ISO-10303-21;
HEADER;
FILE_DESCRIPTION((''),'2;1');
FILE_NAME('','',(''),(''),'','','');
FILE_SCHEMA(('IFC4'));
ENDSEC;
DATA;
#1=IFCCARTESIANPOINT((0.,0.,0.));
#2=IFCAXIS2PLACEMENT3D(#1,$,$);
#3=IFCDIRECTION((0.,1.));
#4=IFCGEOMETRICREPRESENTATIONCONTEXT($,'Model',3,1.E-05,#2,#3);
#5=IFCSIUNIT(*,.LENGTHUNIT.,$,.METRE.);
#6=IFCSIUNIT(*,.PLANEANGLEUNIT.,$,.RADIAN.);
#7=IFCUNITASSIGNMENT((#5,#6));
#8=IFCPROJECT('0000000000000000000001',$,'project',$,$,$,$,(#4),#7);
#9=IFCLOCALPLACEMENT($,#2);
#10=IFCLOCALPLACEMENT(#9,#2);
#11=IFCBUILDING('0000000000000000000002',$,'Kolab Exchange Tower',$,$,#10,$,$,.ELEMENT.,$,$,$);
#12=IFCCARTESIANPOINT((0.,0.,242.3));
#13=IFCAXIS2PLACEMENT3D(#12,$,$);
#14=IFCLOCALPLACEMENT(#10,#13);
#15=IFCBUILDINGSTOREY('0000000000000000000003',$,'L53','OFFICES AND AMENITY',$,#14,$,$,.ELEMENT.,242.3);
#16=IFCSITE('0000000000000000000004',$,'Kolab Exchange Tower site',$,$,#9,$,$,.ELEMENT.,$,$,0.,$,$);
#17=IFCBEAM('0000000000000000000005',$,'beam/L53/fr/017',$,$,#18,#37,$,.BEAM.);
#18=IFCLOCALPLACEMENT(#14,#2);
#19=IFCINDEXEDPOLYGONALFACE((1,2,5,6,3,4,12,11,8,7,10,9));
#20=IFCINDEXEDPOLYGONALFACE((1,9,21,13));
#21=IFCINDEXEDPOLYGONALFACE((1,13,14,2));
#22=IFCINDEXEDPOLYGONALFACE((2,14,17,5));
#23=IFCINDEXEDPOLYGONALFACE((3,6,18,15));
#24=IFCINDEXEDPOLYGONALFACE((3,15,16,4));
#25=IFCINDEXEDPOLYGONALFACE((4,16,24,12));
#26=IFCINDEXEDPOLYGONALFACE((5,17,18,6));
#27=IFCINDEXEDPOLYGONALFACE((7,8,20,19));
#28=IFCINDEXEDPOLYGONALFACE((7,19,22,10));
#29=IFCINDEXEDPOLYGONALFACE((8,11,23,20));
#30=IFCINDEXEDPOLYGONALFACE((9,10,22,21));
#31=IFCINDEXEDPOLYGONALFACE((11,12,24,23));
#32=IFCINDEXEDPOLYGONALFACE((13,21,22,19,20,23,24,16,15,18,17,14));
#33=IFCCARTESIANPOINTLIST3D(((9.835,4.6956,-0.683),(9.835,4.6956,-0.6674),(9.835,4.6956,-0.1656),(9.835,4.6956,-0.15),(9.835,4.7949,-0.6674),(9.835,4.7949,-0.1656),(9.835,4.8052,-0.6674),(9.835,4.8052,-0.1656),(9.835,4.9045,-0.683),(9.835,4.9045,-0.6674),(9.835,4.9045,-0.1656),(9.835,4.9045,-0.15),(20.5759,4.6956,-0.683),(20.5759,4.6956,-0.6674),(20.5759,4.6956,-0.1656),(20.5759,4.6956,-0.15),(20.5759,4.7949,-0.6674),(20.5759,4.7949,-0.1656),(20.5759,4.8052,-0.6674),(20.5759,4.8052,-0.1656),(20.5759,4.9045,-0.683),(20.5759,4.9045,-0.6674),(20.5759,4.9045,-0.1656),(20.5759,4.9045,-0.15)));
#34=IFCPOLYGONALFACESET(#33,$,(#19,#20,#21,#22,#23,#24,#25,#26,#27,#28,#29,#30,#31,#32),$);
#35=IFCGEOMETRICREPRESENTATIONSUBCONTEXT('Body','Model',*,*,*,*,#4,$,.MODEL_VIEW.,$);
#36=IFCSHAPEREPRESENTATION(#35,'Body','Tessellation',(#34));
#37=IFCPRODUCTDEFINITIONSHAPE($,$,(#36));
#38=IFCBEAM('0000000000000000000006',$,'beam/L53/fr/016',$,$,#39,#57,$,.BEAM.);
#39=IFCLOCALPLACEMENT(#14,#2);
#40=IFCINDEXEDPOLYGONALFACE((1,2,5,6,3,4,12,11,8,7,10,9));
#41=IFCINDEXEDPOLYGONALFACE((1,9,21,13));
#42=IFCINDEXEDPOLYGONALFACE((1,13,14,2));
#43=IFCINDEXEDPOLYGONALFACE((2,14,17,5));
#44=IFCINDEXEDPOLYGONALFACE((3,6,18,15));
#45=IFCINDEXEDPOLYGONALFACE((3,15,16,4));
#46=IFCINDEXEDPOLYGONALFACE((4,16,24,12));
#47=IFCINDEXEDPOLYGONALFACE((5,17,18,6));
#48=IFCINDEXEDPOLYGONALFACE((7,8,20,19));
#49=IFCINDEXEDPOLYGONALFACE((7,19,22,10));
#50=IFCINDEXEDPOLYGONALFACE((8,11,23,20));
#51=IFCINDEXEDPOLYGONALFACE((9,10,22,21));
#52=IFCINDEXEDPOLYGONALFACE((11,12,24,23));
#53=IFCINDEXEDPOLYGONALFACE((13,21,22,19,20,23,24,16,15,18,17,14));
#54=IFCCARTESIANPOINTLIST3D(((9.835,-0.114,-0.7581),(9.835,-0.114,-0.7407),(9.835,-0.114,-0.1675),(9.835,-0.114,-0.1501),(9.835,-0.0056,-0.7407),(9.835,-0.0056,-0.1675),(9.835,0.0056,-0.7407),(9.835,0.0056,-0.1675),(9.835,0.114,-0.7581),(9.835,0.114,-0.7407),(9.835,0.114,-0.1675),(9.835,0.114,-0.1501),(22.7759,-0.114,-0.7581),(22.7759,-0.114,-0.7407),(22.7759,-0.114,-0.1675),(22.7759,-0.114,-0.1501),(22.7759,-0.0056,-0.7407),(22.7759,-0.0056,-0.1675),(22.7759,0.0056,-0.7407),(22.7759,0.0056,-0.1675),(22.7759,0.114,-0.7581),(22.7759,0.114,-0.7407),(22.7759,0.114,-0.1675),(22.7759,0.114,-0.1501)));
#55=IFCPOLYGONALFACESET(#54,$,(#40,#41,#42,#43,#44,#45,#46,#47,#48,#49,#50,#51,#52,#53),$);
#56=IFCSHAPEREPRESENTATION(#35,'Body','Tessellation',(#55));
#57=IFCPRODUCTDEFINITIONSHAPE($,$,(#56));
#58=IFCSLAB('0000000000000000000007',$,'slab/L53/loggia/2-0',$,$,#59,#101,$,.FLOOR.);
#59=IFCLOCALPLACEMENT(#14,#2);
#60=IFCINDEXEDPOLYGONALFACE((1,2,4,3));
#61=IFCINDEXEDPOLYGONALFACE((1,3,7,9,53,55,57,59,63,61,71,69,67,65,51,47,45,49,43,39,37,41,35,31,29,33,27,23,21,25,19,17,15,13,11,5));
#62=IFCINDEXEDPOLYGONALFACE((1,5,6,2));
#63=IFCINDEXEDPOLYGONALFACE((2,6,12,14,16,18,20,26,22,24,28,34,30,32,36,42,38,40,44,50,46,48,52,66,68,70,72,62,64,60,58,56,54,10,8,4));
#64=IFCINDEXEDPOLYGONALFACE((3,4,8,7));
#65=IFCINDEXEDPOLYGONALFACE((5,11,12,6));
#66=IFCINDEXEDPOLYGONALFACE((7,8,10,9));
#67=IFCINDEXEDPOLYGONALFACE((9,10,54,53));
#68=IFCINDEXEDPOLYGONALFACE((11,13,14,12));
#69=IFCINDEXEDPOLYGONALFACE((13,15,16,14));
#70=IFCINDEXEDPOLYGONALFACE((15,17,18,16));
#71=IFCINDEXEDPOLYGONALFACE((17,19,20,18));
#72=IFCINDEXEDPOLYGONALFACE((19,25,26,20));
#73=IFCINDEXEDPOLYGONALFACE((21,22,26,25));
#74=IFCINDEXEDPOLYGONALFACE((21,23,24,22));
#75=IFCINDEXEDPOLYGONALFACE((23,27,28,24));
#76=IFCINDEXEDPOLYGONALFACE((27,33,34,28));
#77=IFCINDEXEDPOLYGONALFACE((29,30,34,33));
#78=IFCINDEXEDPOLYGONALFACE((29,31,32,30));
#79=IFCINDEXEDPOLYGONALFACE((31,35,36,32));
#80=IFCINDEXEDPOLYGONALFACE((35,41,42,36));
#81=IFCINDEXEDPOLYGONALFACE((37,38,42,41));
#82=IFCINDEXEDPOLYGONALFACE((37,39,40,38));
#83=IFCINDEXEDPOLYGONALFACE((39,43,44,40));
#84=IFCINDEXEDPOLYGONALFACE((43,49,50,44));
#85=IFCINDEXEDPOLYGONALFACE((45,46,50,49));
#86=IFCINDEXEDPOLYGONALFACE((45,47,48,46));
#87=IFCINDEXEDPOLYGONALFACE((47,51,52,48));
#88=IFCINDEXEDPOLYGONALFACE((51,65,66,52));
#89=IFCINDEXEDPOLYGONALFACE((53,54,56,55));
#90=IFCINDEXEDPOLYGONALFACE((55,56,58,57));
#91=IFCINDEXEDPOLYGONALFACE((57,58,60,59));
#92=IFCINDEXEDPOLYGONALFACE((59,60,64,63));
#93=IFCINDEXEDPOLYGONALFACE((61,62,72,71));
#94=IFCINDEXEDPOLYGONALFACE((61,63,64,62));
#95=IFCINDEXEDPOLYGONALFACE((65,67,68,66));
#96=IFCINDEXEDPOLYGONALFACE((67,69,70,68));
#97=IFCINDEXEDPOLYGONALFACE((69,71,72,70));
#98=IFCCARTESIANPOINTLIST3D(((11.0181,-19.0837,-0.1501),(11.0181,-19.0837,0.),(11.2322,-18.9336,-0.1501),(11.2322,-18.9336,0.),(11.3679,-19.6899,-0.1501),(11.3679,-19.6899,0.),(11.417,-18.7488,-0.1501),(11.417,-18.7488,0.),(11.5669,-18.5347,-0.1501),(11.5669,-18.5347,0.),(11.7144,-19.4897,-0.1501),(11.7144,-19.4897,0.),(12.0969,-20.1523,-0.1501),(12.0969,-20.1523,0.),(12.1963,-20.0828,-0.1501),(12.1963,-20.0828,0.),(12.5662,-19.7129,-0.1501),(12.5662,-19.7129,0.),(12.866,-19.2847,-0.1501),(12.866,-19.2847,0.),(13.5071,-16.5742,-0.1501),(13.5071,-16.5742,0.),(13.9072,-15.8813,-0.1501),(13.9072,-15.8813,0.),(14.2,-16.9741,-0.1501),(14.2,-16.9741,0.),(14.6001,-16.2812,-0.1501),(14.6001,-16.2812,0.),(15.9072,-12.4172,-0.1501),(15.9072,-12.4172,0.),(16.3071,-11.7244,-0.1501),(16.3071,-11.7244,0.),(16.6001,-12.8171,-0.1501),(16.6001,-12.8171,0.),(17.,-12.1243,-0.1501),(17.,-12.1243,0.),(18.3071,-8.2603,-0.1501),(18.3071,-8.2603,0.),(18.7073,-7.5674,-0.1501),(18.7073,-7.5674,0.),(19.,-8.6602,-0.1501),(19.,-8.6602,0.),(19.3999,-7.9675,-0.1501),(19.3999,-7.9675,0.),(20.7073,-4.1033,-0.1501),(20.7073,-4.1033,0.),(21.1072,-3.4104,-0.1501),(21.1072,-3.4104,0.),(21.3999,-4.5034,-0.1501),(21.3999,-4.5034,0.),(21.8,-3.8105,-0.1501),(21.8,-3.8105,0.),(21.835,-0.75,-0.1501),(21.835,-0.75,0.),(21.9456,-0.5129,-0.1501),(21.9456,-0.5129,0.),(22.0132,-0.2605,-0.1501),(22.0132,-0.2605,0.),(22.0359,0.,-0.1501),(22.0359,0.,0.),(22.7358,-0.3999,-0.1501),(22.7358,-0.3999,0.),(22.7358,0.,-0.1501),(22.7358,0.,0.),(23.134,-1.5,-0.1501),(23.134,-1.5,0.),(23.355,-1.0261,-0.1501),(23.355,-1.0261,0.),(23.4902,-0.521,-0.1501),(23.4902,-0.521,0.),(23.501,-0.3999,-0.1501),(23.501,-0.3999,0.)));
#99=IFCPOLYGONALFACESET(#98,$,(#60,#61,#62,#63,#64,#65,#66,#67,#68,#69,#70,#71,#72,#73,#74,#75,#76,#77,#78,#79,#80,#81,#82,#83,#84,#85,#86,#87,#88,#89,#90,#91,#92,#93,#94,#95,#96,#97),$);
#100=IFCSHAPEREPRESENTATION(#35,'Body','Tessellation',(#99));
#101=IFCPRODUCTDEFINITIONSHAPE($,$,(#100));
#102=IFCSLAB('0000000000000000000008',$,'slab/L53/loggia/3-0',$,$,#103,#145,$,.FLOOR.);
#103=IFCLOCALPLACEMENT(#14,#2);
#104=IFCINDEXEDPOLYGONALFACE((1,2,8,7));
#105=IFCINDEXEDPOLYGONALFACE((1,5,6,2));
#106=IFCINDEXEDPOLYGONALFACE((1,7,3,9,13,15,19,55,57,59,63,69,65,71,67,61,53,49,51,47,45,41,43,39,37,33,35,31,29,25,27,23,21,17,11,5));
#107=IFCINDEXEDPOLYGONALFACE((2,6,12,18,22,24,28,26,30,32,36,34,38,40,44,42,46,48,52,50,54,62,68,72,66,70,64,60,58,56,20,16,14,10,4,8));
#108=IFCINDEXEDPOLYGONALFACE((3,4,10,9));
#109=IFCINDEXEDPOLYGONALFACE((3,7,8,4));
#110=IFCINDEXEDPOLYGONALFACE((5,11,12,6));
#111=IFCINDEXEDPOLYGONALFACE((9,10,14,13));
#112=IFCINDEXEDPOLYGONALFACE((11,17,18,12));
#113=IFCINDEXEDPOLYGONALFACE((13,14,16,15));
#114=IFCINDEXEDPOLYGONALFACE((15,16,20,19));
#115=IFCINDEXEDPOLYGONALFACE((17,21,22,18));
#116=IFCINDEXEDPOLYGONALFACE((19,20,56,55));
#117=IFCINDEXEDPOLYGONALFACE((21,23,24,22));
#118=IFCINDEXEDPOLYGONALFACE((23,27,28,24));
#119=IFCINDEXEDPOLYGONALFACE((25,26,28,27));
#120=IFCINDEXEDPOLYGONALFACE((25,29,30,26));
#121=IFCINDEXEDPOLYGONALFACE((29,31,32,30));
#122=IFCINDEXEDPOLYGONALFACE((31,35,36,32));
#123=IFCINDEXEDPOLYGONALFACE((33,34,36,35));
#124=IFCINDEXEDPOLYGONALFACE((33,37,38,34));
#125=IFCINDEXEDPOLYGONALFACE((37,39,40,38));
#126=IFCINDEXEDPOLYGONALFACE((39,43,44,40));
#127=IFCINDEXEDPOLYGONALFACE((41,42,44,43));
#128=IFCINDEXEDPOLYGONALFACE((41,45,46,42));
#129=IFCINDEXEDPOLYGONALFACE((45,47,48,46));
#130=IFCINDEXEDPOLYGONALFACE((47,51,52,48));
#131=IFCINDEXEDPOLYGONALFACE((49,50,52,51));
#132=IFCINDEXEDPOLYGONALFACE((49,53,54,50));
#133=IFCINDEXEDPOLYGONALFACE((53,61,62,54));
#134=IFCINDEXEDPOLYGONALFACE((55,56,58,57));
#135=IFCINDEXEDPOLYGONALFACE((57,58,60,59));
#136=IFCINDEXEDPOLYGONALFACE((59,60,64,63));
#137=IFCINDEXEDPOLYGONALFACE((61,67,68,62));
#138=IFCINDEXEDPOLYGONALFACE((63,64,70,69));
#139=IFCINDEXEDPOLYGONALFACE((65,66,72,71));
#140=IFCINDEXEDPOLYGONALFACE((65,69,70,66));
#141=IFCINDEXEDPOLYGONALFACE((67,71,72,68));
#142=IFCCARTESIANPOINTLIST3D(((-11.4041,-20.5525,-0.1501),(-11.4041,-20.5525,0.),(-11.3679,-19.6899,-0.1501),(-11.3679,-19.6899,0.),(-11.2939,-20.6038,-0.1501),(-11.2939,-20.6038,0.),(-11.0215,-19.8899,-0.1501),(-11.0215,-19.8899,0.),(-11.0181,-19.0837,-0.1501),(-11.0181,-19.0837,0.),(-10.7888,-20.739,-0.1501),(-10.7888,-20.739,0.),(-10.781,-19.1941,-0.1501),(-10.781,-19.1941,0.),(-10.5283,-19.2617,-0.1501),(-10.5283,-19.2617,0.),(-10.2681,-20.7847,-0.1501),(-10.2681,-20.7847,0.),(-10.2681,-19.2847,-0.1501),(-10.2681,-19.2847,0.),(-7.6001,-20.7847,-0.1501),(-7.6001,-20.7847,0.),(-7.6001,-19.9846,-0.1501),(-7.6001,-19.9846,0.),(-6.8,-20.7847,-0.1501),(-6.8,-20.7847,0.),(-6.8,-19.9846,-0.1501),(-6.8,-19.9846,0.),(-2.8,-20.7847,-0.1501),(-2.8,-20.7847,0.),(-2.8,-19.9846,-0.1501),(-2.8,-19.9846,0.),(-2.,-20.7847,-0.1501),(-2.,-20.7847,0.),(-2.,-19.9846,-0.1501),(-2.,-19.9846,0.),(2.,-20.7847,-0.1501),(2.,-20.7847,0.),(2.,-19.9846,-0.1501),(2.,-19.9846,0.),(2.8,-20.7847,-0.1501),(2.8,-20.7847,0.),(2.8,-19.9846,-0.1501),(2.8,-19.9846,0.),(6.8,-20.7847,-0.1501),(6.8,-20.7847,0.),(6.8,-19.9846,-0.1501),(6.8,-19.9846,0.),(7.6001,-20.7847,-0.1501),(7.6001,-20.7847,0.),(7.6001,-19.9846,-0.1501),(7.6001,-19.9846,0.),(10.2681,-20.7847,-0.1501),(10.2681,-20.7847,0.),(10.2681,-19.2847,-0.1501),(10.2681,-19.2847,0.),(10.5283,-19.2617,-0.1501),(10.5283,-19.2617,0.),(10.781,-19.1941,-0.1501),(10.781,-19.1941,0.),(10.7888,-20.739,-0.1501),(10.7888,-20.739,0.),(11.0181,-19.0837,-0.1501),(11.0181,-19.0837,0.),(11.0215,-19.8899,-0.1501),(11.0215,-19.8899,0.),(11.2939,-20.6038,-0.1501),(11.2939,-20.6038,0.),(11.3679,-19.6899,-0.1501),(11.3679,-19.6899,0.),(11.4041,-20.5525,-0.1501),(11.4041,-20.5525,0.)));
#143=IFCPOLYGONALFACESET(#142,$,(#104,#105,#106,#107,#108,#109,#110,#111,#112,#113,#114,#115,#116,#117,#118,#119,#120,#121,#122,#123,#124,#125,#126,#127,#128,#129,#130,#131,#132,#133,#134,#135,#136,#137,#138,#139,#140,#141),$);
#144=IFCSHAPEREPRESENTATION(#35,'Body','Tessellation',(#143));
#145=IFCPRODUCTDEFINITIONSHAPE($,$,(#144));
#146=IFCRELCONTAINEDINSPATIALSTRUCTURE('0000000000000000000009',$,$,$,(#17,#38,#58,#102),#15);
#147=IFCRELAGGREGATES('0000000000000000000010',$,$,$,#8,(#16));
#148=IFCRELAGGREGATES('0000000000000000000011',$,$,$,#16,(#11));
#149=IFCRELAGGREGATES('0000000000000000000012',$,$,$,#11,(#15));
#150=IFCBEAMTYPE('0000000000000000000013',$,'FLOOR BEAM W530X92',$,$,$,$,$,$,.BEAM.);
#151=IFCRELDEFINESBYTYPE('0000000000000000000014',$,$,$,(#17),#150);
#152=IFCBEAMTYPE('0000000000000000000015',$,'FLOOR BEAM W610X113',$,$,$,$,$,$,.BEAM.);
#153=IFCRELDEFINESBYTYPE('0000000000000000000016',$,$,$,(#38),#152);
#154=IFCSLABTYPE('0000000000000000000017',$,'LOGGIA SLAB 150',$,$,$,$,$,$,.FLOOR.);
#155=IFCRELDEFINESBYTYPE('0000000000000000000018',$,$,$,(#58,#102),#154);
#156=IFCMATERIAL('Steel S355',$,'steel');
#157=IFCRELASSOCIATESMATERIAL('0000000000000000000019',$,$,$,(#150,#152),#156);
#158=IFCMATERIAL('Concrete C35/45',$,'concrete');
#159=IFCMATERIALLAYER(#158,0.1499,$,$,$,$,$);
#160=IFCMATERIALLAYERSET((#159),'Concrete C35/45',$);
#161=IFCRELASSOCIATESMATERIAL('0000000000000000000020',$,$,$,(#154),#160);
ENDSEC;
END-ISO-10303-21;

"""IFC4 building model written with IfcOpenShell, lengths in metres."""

from ifc_helpers import new_model, si_unit, direction, frame, origin, origin_2d, place, context, subcontext, project, spatial, polyline, i_section, outline, extrude, material, layer, layer_set, material_profile, profile_set, type_object, element, save


model = new_model("IFC4")

# Units and contexts
model_context = context("Model", 3, precision=1e-05, world=origin(), true_north=direction((0.0, 1.0)))
body_context = subcontext(model_context, "Body", "Model", "MODEL_VIEW")
ifc_project = project(units=[si_unit("LENGTHUNIT", "METRE"), si_unit("PLANEANGLEUNIT", "RADIAN")], contexts=[model_context])

# Site, building, storey
site_placement = place(None, origin())
site = spatial("IfcSite", under=ifc_project, at=site_placement, Name="Kolab Exchange Tower site", CompositionType="ELEMENT", RefElevation=0.0)
building_placement = place(site_placement, origin())
building = spatial("IfcBuilding", under=site, at=building_placement, Name="Kolab Exchange Tower", CompositionType="ELEMENT")
storey_placement = place(building_placement, frame((0.0, 0.0, 242.3)))
storey = spatial("IfcBuildingStorey", under=building, at=storey_placement, Name="L53", Description="OFFICES AND AMENITY", CompositionType="ELEMENT", Elevation=242.3)

# Beams
ifc_material_1 = material(Name="Steel S355", Category="steel")
ifc_material_profile_1 = material_profile(ifc_material_1, i_section(OverallWidth=0.209, OverallDepth=0.533, WebThickness=0.0103, FlangeThickness=0.0156, at=origin_2d()), Name="W530X92")
ifc_profile_set_1 = profile_set([ifc_material_profile_1], Name="Steel S355")
beam_type_1 = type_object("IfcBeamType", Name="FLOOR BEAM W530X92", PredefinedType="BEAM", material=ifc_profile_set_1)
beam_1_placement = place(storey_placement, frame((9.835, 4.8, -0.4165), z_axis=(1.0, 0.0, 0.0), x_axis=(0.0, 1.0, 0.0)))
element("IfcBeam", 1, at=beam_1_placement, inside=storey, type_object=beam_type_1, Name="beam/L53/fr/017", PredefinedType="BEAM", context=body_context, shape_type="SweptSolid", body=[
    extrude(i_section(OverallWidth=0.209, OverallDepth=0.533, WebThickness=0.0103, FlangeThickness=0.0156, at=origin_2d()), origin(), (0.0, 0.0, 1.0), 10.741),
])
ifc_material_profile_2 = material_profile(ifc_material_1, i_section(OverallWidth=0.228, OverallDepth=0.6079, WebThickness=0.0112, FlangeThickness=0.0173, at=origin_2d()), Name="W610X113")
ifc_profile_set_2 = profile_set([ifc_material_profile_2], Name="Steel S355")
beam_type_2 = type_object("IfcBeamType", Name="FLOOR BEAM W610X113", PredefinedType="BEAM", material=ifc_profile_set_2)
beam_2_placement = place(storey_placement, frame((9.835, 0.0, -0.4541), z_axis=(1.0, 0.0, 0.0), x_axis=(0.0, 1.0, 0.0)))
element("IfcBeam", 2, at=beam_2_placement, inside=storey, type_object=beam_type_2, Name="beam/L53/fr/016", PredefinedType="BEAM", context=body_context, shape_type="SweptSolid", body=[
    extrude(i_section(OverallWidth=0.228, OverallDepth=0.6079, WebThickness=0.0112, FlangeThickness=0.0173, at=origin_2d()), origin(), (0.0, 0.0, 1.0), 12.9409),
])

# Slabs
ifc_material_2 = material(Name="Concrete C35/45", Category="concrete")
ifc_layer_1 = layer(ifc_material_2, 0.1499)
ifc_layer_set_1 = layer_set([ifc_layer_1], Name="Concrete C35/45")
slab_type_1 = type_object("IfcSlabType", Name="LOGGIA SLAB 150", PredefinedType="FLOOR", material=ifc_layer_set_1)
slab_1_placement = place(storey_placement, frame((0.0, 0.0, -0.1501)))
element("IfcSlab", 3, at=slab_1_placement, inside=storey, type_object=slab_type_1, Name="slab/L53/loggia/2-0", PredefinedType="FLOOR", context=body_context, shape_type="SweptSolid", body=[
    extrude(outline(polyline([(12.866, -19.2847), (14.2, -16.9741), (13.5071, -16.5742), (13.9072, -15.8813), (14.6001, -16.2812), (16.6001, -12.8171), (15.9072, -12.4172), (16.3071, -11.7244), (17.0, -12.1243), (19.0, -8.6602), (18.3071, -8.2603), (18.7073, -7.5674), (19.3999, -7.9675), (21.3999, -4.5034), (20.7073, -4.1033), (21.1072, -3.4104), (21.8, -3.8105), (23.134, -1.5), (23.355, -1.0261), (23.4902, -0.521), (23.501, -0.3999), (22.7358, -0.3999), (22.7358, 0.0), (22.0359, 0.0), (22.0132, -0.2605), (21.9456, -0.5129), (21.835, -0.75), (11.5669, -18.5347), (11.417, -18.7488), (11.2322, -18.9336), (11.0181, -19.0837), (11.3679, -19.6899), (11.7144, -19.4897), (12.0969, -20.1523), (12.1963, -20.0828), (12.5662, -19.7129), (12.866, -19.2847)])), origin(), (0.0, 0.0, 1.0), 0.1501),
])
slab_2_placement = place(storey_placement, frame((0.0, 0.0, -0.1501)))
element("IfcSlab", 4, at=slab_2_placement, inside=storey, type_object=slab_type_1, Name="slab/L53/loggia/3-0", PredefinedType="FLOOR", context=body_context, shape_type="SweptSolid", body=[
    extrude(outline(polyline([(-11.0181, -19.0837), (-11.3679, -19.6899), (-11.0215, -19.8899), (-11.4041, -20.5525), (-11.2939, -20.6038), (-10.7888, -20.739), (-10.2681, -20.7847), (-7.6001, -20.7847), (-7.6001, -19.9846), (-6.8, -19.9846), (-6.8, -20.7847), (-2.8, -20.7847), (-2.8, -19.9846), (-2.0, -19.9846), (-2.0, -20.7847), (2.0, -20.7847), (2.0, -19.9846), (2.8, -19.9846), (2.8, -20.7847), (6.8, -20.7847), (6.8, -19.9846), (7.6001, -19.9846), (7.6001, -20.7847), (10.2681, -20.7847), (10.7888, -20.739), (11.2939, -20.6038), (11.4041, -20.5525), (11.0215, -19.8899), (11.3679, -19.6899), (11.0181, -19.0837), (10.781, -19.1941), (10.5283, -19.2617), (10.2681, -19.2847), (-10.2681, -19.2847), (-10.5283, -19.2617), (-10.781, -19.1941), (-11.0181, -19.0837)])), origin(), (0.0, 0.0, 1.0), 0.1501),
])

save(model, "model.ifc")
